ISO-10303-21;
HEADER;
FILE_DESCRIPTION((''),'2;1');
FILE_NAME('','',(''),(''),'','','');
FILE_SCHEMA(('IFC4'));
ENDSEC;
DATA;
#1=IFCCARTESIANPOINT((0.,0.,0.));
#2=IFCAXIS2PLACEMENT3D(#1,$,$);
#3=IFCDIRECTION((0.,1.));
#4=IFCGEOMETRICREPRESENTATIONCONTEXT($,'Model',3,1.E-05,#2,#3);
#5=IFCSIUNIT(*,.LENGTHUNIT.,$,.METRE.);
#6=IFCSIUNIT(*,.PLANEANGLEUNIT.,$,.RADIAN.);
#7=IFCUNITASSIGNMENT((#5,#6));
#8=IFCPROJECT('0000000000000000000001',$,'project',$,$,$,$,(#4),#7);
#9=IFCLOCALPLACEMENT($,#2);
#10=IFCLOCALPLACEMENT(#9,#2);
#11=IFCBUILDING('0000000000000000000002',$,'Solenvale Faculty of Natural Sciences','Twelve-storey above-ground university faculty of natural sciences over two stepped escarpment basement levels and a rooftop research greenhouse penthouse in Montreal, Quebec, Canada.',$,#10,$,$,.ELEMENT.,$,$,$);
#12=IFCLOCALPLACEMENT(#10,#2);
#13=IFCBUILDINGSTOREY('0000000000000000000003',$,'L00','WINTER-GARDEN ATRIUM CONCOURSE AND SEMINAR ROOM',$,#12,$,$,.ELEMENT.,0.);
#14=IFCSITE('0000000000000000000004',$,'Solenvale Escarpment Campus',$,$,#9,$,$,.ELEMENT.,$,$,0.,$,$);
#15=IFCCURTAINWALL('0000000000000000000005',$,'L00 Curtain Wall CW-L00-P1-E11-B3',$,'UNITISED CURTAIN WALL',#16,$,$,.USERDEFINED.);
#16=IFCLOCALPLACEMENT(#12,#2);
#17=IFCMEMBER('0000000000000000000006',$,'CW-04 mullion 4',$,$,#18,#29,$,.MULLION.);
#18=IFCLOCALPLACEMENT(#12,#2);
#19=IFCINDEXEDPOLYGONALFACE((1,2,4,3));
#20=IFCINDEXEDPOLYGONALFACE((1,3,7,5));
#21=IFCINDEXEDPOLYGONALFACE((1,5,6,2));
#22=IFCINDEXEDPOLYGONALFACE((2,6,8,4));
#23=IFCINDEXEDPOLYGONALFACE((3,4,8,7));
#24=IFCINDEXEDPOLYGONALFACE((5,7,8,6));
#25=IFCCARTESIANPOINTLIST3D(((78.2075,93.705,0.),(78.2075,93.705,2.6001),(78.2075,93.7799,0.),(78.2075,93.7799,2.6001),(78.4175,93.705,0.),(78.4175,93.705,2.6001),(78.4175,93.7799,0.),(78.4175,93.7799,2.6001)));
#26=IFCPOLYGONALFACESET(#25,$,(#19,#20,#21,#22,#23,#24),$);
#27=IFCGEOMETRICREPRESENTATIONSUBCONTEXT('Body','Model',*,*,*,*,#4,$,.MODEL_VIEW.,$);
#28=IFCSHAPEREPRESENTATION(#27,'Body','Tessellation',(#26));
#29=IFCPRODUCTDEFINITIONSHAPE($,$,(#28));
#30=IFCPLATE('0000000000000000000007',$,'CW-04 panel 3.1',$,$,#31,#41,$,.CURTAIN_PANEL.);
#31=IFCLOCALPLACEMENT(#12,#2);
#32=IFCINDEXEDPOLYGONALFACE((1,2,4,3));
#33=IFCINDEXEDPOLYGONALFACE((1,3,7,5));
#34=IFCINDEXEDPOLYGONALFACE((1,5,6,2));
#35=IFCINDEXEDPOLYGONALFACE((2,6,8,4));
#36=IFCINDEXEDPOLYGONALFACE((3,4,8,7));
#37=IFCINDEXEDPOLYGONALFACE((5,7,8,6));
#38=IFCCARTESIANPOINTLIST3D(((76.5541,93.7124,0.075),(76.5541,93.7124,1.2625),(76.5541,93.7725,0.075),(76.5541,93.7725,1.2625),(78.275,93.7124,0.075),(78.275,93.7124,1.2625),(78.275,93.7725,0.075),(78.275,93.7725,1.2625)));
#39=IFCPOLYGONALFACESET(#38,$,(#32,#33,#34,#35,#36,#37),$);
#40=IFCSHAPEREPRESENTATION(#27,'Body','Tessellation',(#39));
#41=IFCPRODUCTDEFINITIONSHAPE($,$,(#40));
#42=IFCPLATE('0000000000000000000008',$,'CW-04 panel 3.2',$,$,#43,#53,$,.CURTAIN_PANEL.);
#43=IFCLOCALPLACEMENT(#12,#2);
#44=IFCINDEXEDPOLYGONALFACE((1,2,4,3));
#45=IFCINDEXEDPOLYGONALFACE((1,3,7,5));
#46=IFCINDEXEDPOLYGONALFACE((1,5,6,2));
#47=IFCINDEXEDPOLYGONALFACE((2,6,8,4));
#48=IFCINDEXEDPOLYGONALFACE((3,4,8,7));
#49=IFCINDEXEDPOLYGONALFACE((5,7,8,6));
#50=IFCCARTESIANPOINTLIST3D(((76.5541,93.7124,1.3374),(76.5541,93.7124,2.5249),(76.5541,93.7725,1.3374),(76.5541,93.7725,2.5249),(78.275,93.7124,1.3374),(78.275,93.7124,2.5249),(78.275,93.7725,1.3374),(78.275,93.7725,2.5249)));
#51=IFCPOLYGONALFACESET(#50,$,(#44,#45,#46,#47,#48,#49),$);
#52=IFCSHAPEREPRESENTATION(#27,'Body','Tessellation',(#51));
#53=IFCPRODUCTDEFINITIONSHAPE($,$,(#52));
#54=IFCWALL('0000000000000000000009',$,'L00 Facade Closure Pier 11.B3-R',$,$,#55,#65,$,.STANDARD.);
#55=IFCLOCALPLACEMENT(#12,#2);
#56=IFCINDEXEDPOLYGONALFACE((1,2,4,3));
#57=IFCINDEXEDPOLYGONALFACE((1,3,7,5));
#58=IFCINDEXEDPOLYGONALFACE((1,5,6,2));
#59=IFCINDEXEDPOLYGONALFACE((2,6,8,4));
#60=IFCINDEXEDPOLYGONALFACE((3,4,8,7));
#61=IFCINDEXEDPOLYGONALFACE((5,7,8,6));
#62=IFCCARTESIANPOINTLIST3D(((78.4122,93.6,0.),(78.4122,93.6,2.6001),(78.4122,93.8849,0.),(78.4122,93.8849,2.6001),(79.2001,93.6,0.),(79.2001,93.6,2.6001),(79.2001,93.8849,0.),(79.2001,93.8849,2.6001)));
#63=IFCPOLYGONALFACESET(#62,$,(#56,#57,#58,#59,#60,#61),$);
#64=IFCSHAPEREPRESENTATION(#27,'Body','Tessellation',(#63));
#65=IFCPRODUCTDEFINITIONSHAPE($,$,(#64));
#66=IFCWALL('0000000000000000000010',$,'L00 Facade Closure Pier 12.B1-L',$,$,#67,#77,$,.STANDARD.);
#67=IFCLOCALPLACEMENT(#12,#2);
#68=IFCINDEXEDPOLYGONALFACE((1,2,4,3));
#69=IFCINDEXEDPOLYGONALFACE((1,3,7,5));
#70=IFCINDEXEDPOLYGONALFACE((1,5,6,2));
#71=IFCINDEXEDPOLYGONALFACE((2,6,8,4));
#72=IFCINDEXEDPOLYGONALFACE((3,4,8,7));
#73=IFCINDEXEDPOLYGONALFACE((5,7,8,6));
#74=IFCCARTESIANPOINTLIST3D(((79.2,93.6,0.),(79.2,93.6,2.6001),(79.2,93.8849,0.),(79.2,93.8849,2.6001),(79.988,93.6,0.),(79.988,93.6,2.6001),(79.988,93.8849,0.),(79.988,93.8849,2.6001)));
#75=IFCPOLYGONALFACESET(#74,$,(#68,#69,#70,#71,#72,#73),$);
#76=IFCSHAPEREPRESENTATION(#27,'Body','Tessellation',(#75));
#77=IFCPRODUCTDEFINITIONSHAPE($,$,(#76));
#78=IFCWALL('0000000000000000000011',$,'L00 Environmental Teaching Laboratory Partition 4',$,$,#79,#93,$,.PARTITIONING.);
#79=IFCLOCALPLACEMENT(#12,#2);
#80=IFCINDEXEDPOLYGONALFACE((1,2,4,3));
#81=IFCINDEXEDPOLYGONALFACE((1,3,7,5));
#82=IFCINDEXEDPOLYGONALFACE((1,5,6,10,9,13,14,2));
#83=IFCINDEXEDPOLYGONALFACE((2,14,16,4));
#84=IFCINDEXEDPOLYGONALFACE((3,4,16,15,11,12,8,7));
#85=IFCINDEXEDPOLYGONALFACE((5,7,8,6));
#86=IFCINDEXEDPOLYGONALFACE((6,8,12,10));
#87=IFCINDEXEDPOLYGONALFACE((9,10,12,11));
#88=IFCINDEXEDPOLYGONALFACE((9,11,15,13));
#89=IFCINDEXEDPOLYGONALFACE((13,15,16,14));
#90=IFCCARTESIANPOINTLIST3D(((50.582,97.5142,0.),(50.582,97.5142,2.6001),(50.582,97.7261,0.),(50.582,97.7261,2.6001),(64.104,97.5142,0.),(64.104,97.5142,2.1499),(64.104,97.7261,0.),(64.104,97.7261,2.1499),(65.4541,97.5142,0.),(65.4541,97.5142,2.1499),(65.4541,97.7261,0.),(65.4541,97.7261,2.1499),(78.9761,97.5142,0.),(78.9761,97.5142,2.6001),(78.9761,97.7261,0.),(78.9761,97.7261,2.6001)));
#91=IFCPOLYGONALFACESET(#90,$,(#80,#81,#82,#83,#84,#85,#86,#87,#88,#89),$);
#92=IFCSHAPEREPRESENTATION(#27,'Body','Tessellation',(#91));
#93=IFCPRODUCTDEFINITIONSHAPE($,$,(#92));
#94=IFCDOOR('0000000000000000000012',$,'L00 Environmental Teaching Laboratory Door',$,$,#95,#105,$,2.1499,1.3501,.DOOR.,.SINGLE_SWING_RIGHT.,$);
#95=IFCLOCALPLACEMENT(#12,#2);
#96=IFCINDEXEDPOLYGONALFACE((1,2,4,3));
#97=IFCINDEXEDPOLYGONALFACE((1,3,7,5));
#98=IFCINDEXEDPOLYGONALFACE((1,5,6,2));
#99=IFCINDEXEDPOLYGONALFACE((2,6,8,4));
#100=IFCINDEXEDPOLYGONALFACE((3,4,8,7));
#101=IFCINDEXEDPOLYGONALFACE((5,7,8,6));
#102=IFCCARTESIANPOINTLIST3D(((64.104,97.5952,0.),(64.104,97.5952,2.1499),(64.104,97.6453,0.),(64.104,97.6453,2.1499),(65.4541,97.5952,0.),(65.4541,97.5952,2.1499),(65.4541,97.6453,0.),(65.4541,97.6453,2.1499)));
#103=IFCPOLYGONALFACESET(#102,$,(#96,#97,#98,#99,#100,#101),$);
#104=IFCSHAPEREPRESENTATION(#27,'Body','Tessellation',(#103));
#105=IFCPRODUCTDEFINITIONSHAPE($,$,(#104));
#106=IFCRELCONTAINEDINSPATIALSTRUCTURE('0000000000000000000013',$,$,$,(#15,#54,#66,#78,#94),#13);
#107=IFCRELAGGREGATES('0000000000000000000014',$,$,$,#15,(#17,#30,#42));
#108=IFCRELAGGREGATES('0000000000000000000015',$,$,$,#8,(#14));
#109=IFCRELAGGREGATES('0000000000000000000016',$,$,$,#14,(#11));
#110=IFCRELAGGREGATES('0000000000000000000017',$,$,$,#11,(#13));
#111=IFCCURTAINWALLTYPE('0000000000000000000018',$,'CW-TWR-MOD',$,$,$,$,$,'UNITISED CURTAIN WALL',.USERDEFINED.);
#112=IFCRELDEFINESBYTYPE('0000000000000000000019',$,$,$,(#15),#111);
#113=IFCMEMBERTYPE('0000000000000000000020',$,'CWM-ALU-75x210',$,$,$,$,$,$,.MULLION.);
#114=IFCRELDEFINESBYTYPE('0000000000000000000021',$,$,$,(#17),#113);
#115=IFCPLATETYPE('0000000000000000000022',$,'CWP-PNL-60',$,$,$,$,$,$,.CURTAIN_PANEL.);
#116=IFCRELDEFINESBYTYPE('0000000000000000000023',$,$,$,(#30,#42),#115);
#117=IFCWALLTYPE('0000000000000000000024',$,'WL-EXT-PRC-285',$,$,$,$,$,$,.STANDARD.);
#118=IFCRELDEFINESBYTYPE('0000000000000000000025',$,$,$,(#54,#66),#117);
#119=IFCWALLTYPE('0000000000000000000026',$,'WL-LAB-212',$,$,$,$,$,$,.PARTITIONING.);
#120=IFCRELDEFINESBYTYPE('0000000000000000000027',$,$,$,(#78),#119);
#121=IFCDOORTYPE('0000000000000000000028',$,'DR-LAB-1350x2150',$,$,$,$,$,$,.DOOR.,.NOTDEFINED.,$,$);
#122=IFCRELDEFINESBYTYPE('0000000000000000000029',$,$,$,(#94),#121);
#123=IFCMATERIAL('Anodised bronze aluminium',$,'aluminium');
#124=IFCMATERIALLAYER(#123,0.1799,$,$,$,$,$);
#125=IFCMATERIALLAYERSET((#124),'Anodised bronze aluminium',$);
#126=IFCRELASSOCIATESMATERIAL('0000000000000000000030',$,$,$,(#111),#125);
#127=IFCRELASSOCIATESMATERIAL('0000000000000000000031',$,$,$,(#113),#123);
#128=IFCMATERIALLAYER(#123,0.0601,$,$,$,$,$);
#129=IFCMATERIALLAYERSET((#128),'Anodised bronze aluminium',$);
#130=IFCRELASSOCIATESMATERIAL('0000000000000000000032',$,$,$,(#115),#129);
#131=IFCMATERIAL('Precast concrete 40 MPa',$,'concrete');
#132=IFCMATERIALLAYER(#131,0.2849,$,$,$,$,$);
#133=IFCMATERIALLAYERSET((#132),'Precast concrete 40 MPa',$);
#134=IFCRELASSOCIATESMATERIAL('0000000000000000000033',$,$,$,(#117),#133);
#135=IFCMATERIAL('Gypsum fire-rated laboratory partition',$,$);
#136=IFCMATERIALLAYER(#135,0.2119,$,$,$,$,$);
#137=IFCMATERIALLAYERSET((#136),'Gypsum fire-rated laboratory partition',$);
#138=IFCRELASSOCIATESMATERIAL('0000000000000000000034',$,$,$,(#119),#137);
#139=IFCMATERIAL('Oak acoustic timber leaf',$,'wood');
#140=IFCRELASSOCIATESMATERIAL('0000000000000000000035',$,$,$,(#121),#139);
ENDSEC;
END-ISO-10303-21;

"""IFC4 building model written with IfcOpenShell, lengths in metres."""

from ifc_helpers import new_model, si_unit, direction, frame, frame_2d, origin, origin_2d, place, context, subcontext, project, spatial, rectangle, extrude, material, layer, layer_set, material_profile, profile_set, type_object, element, fill, aggregate, save


model = new_model("IFC4")

# Units and contexts
model_context = context("Model", 3, precision=1e-05, world=origin(), true_north=direction((0.0, 1.0)))
body_context = subcontext(model_context, "Body", "Model", "MODEL_VIEW")
ifc_project = project(units=[si_unit("LENGTHUNIT", "METRE"), si_unit("PLANEANGLEUNIT", "RADIAN")], contexts=[model_context])

# Site, building, storey
site_placement = place(None, origin())
site = spatial("IfcSite", under=ifc_project, at=site_placement, Name="Solenvale Escarpment Campus", CompositionType="ELEMENT", RefElevation=0.0)
building_placement = place(site_placement, origin())
building = spatial("IfcBuilding", under=site, at=building_placement, Name="Solenvale Faculty of Natural Sciences", Description="Twelve-storey above-ground university faculty of natural sciences over two stepped escarpment basement levels and a rooftop research greenhouse penthouse in Montreal, Quebec, Canada.", CompositionType="ELEMENT")
storey_placement = place(building_placement, origin())
storey = spatial("IfcBuildingStorey", under=building, at=storey_placement, Name="L00", Description="WINTER-GARDEN ATRIUM CONCOURSE AND SEMINAR ROOM", CompositionType="ELEMENT", Elevation=0.0)

# Curtain wall, member, plates
ifc_material_1 = material(Name="Anodised bronze aluminium", Category="aluminium")
ifc_layer_1 = layer(ifc_material_1, 0.1799)
ifc_layer_set_1 = layer_set([ifc_layer_1], Name="Anodised bronze aluminium")
curtain_wall_type = type_object("IfcCurtainWallType", Name="CW-TWR-MOD", ElementType="UNITISED CURTAIN WALL", PredefinedType="USERDEFINED", material=ifc_layer_set_1)
curtain_wall_placement = place(storey_placement, origin())
curtain_wall = element("IfcCurtainWall", 1, at=curtain_wall_placement, inside=storey, type_object=curtain_wall_type, Name="L00 Curtain Wall CW-L00-P1-E11-B3", ObjectType="UNITISED CURTAIN WALL", PredefinedType="USERDEFINED")
ifc_material_profile_1 = material_profile(ifc_material_1, rectangle(XDim=0.075, YDim=0.21, at=origin_2d()), Name="ALU-MUL-75x210")
ifc_profile_set_1 = profile_set([ifc_material_profile_1], Name="Anodised bronze aluminium")
member_type = type_object("IfcMemberType", Name="CWM-ALU-75x210", PredefinedType="MULLION", material=ifc_profile_set_1)
member_placement = place(storey_placement, frame((78.3125, 93.7424, 0.0), z_axis=(0.0, 0.0, 1.0), x_axis=(0.0, 1.0, 0.0)))
member = element("IfcMember", 2, at=member_placement, type_object=member_type, Name="CW-04 mullion 4", PredefinedType="MULLION", context=body_context, shape_type="SweptSolid", body=[
    extrude(rectangle(XDim=0.075, YDim=0.21, at=origin_2d()), origin(), (0.0, 0.0, 1.0), 2.6001),
])
ifc_layer_2 = layer(ifc_material_1, 0.0601)
ifc_layer_set_2 = layer_set([ifc_layer_2], Name="Anodised bronze aluminium")
plate_type = type_object("IfcPlateType", Name="CWP-PNL-60", PredefinedType="CURTAIN_PANEL", material=ifc_layer_set_2)
plate_1_placement = place(storey_placement, frame((77.4146, 93.7424, 0.075), z_axis=(0.0, 0.0, 1.0), x_axis=(1.0, 0.0, 0.0)))
plate_1 = element("IfcPlate", 3, at=plate_1_placement, type_object=plate_type, Name="CW-04 panel 3.1", PredefinedType="CURTAIN_PANEL", context=body_context, shape_type="SweptSolid", body=[
    extrude(rectangle(XDim=1.7209, YDim=0.0601, at=origin_2d()), origin(), (0.0, 0.0, 1.0), 1.1875),
])
plate_2_placement = place(storey_placement, frame((77.4146, 93.7424, 1.3374), z_axis=(0.0, 0.0, 1.0), x_axis=(1.0, 0.0, 0.0)))
plate_2 = element("IfcPlate", 4, at=plate_2_placement, type_object=plate_type, Name="CW-04 panel 3.2", PredefinedType="CURTAIN_PANEL", context=body_context, shape_type="SweptSolid", body=[
    extrude(rectangle(XDim=1.7209, YDim=0.0601, at=origin_2d()), origin(), (0.0, 0.0, 1.0), 1.1875),
])
aggregate(curtain_wall, [member, plate_1, plate_2])

# Walls
ifc_material_2 = material(Name="Precast concrete 40 MPa", Category="concrete")
ifc_layer_3 = layer(ifc_material_2, 0.2849)
ifc_layer_set_3 = layer_set([ifc_layer_3], Name="Precast concrete 40 MPa")
wall_type_1 = type_object("IfcWallType", Name="WL-EXT-PRC-285", PredefinedType="STANDARD", material=ifc_layer_set_3)
wall_1_placement = place(storey_placement, frame((78.4121, 93.7424, 0.0), z_axis=(0.0, 0.0, 1.0), x_axis=(1.0, 0.0, 0.0)))
element("IfcWall", 5, at=wall_1_placement, inside=storey, type_object=wall_type_1, Name="L00 Facade Closure Pier 11.B3-R", PredefinedType="STANDARD", context=body_context, shape_type="SweptSolid", body=[
    extrude(rectangle(XDim=0.7878, YDim=0.2849, at=frame_2d((0.394, 0.0))), origin(), (0.0, 0.0, 1.0), 2.6001),
])
wall_2_placement = place(storey_placement, frame((79.2, 93.7424, 0.0), z_axis=(0.0, 0.0, 1.0), x_axis=(1.0, 0.0, 0.0)))
element("IfcWall", 6, at=wall_2_placement, inside=storey, type_object=wall_type_1, Name="L00 Facade Closure Pier 12.B1-L", PredefinedType="STANDARD", context=body_context, shape_type="SweptSolid", body=[
    extrude(rectangle(XDim=0.7881, YDim=0.2849, at=frame_2d((0.394, 0.0))), origin(), (0.0, 0.0, 1.0), 2.6001),
])

# Wall, opening, door
ifc_material_3 = material(Name="Gypsum fire-rated laboratory partition")
ifc_layer_4 = layer(ifc_material_3, 0.2119)
ifc_layer_set_4 = layer_set([ifc_layer_4], Name="Gypsum fire-rated laboratory partition")
wall_type_2 = type_object("IfcWallType", Name="WL-LAB-212", PredefinedType="PARTITIONING", material=ifc_layer_set_4)
wall_3_placement = place(storey_placement, frame((78.9761, 97.6201, 0.0), z_axis=(0.0, 0.0, 1.0), x_axis=(-1.0, 0.0, 0.0)))
wall_3 = element("IfcWall", 7, at=wall_3_placement, inside=storey, type_object=wall_type_2, Name="L00 Environmental Teaching Laboratory Partition 4", PredefinedType="PARTITIONING", context=body_context, shape_type="SweptSolid", body=[
    extrude(rectangle(XDim=28.394, YDim=0.2119, at=frame_2d((14.197, 0.0))), origin(), (0.0, 0.0, 1.0), 2.6001),
])
opening_placement = place(wall_3_placement, frame((13.522, 0.0, 0.0)))
opening = element("IfcOpeningElement", 8, at=opening_placement, cuts=wall_3, PredefinedType="OPENING", context=body_context, shape_type="SweptSolid", body=[
    extrude(rectangle(XDim=1.3501, YDim=2.1499, at=frame_2d((0.675, 1.075))), frame((0.0, 0.116, 0.0), z_axis=(0.0, -1.0, 0.0), x_axis=(1.0, 0.0, 0.0)), (0.0, 0.0, 1.0), 0.2319),
])
ifc_material_4 = material(Name="Oak acoustic timber leaf", Category="wood")
door_type = type_object("IfcDoorType", Name="DR-LAB-1350x2150", OperationType="NOTDEFINED", PredefinedType="DOOR", material=ifc_material_4)
door_placement = place(opening_placement, origin())
door = element("IfcDoor", 9, at=door_placement, inside=storey, type_object=door_type, Name="L00 Environmental Teaching Laboratory Door", OperationType="SINGLE_SWING_RIGHT", OverallHeight=2.1499, OverallWidth=1.3501, PredefinedType="DOOR", context=body_context, shape_type="SweptSolid", body=[
    extrude(rectangle(XDim=1.3501, YDim=2.1499, at=frame_2d((0.675, 1.075))), frame((0.0, 0.0249, 0.0), z_axis=(0.0, -1.0, 0.0), x_axis=(1.0, 0.0, 0.0)), (0.0, 0.0, 1.0), 0.05),
])
fill(opening, door)

save(model, "model.ifc")
